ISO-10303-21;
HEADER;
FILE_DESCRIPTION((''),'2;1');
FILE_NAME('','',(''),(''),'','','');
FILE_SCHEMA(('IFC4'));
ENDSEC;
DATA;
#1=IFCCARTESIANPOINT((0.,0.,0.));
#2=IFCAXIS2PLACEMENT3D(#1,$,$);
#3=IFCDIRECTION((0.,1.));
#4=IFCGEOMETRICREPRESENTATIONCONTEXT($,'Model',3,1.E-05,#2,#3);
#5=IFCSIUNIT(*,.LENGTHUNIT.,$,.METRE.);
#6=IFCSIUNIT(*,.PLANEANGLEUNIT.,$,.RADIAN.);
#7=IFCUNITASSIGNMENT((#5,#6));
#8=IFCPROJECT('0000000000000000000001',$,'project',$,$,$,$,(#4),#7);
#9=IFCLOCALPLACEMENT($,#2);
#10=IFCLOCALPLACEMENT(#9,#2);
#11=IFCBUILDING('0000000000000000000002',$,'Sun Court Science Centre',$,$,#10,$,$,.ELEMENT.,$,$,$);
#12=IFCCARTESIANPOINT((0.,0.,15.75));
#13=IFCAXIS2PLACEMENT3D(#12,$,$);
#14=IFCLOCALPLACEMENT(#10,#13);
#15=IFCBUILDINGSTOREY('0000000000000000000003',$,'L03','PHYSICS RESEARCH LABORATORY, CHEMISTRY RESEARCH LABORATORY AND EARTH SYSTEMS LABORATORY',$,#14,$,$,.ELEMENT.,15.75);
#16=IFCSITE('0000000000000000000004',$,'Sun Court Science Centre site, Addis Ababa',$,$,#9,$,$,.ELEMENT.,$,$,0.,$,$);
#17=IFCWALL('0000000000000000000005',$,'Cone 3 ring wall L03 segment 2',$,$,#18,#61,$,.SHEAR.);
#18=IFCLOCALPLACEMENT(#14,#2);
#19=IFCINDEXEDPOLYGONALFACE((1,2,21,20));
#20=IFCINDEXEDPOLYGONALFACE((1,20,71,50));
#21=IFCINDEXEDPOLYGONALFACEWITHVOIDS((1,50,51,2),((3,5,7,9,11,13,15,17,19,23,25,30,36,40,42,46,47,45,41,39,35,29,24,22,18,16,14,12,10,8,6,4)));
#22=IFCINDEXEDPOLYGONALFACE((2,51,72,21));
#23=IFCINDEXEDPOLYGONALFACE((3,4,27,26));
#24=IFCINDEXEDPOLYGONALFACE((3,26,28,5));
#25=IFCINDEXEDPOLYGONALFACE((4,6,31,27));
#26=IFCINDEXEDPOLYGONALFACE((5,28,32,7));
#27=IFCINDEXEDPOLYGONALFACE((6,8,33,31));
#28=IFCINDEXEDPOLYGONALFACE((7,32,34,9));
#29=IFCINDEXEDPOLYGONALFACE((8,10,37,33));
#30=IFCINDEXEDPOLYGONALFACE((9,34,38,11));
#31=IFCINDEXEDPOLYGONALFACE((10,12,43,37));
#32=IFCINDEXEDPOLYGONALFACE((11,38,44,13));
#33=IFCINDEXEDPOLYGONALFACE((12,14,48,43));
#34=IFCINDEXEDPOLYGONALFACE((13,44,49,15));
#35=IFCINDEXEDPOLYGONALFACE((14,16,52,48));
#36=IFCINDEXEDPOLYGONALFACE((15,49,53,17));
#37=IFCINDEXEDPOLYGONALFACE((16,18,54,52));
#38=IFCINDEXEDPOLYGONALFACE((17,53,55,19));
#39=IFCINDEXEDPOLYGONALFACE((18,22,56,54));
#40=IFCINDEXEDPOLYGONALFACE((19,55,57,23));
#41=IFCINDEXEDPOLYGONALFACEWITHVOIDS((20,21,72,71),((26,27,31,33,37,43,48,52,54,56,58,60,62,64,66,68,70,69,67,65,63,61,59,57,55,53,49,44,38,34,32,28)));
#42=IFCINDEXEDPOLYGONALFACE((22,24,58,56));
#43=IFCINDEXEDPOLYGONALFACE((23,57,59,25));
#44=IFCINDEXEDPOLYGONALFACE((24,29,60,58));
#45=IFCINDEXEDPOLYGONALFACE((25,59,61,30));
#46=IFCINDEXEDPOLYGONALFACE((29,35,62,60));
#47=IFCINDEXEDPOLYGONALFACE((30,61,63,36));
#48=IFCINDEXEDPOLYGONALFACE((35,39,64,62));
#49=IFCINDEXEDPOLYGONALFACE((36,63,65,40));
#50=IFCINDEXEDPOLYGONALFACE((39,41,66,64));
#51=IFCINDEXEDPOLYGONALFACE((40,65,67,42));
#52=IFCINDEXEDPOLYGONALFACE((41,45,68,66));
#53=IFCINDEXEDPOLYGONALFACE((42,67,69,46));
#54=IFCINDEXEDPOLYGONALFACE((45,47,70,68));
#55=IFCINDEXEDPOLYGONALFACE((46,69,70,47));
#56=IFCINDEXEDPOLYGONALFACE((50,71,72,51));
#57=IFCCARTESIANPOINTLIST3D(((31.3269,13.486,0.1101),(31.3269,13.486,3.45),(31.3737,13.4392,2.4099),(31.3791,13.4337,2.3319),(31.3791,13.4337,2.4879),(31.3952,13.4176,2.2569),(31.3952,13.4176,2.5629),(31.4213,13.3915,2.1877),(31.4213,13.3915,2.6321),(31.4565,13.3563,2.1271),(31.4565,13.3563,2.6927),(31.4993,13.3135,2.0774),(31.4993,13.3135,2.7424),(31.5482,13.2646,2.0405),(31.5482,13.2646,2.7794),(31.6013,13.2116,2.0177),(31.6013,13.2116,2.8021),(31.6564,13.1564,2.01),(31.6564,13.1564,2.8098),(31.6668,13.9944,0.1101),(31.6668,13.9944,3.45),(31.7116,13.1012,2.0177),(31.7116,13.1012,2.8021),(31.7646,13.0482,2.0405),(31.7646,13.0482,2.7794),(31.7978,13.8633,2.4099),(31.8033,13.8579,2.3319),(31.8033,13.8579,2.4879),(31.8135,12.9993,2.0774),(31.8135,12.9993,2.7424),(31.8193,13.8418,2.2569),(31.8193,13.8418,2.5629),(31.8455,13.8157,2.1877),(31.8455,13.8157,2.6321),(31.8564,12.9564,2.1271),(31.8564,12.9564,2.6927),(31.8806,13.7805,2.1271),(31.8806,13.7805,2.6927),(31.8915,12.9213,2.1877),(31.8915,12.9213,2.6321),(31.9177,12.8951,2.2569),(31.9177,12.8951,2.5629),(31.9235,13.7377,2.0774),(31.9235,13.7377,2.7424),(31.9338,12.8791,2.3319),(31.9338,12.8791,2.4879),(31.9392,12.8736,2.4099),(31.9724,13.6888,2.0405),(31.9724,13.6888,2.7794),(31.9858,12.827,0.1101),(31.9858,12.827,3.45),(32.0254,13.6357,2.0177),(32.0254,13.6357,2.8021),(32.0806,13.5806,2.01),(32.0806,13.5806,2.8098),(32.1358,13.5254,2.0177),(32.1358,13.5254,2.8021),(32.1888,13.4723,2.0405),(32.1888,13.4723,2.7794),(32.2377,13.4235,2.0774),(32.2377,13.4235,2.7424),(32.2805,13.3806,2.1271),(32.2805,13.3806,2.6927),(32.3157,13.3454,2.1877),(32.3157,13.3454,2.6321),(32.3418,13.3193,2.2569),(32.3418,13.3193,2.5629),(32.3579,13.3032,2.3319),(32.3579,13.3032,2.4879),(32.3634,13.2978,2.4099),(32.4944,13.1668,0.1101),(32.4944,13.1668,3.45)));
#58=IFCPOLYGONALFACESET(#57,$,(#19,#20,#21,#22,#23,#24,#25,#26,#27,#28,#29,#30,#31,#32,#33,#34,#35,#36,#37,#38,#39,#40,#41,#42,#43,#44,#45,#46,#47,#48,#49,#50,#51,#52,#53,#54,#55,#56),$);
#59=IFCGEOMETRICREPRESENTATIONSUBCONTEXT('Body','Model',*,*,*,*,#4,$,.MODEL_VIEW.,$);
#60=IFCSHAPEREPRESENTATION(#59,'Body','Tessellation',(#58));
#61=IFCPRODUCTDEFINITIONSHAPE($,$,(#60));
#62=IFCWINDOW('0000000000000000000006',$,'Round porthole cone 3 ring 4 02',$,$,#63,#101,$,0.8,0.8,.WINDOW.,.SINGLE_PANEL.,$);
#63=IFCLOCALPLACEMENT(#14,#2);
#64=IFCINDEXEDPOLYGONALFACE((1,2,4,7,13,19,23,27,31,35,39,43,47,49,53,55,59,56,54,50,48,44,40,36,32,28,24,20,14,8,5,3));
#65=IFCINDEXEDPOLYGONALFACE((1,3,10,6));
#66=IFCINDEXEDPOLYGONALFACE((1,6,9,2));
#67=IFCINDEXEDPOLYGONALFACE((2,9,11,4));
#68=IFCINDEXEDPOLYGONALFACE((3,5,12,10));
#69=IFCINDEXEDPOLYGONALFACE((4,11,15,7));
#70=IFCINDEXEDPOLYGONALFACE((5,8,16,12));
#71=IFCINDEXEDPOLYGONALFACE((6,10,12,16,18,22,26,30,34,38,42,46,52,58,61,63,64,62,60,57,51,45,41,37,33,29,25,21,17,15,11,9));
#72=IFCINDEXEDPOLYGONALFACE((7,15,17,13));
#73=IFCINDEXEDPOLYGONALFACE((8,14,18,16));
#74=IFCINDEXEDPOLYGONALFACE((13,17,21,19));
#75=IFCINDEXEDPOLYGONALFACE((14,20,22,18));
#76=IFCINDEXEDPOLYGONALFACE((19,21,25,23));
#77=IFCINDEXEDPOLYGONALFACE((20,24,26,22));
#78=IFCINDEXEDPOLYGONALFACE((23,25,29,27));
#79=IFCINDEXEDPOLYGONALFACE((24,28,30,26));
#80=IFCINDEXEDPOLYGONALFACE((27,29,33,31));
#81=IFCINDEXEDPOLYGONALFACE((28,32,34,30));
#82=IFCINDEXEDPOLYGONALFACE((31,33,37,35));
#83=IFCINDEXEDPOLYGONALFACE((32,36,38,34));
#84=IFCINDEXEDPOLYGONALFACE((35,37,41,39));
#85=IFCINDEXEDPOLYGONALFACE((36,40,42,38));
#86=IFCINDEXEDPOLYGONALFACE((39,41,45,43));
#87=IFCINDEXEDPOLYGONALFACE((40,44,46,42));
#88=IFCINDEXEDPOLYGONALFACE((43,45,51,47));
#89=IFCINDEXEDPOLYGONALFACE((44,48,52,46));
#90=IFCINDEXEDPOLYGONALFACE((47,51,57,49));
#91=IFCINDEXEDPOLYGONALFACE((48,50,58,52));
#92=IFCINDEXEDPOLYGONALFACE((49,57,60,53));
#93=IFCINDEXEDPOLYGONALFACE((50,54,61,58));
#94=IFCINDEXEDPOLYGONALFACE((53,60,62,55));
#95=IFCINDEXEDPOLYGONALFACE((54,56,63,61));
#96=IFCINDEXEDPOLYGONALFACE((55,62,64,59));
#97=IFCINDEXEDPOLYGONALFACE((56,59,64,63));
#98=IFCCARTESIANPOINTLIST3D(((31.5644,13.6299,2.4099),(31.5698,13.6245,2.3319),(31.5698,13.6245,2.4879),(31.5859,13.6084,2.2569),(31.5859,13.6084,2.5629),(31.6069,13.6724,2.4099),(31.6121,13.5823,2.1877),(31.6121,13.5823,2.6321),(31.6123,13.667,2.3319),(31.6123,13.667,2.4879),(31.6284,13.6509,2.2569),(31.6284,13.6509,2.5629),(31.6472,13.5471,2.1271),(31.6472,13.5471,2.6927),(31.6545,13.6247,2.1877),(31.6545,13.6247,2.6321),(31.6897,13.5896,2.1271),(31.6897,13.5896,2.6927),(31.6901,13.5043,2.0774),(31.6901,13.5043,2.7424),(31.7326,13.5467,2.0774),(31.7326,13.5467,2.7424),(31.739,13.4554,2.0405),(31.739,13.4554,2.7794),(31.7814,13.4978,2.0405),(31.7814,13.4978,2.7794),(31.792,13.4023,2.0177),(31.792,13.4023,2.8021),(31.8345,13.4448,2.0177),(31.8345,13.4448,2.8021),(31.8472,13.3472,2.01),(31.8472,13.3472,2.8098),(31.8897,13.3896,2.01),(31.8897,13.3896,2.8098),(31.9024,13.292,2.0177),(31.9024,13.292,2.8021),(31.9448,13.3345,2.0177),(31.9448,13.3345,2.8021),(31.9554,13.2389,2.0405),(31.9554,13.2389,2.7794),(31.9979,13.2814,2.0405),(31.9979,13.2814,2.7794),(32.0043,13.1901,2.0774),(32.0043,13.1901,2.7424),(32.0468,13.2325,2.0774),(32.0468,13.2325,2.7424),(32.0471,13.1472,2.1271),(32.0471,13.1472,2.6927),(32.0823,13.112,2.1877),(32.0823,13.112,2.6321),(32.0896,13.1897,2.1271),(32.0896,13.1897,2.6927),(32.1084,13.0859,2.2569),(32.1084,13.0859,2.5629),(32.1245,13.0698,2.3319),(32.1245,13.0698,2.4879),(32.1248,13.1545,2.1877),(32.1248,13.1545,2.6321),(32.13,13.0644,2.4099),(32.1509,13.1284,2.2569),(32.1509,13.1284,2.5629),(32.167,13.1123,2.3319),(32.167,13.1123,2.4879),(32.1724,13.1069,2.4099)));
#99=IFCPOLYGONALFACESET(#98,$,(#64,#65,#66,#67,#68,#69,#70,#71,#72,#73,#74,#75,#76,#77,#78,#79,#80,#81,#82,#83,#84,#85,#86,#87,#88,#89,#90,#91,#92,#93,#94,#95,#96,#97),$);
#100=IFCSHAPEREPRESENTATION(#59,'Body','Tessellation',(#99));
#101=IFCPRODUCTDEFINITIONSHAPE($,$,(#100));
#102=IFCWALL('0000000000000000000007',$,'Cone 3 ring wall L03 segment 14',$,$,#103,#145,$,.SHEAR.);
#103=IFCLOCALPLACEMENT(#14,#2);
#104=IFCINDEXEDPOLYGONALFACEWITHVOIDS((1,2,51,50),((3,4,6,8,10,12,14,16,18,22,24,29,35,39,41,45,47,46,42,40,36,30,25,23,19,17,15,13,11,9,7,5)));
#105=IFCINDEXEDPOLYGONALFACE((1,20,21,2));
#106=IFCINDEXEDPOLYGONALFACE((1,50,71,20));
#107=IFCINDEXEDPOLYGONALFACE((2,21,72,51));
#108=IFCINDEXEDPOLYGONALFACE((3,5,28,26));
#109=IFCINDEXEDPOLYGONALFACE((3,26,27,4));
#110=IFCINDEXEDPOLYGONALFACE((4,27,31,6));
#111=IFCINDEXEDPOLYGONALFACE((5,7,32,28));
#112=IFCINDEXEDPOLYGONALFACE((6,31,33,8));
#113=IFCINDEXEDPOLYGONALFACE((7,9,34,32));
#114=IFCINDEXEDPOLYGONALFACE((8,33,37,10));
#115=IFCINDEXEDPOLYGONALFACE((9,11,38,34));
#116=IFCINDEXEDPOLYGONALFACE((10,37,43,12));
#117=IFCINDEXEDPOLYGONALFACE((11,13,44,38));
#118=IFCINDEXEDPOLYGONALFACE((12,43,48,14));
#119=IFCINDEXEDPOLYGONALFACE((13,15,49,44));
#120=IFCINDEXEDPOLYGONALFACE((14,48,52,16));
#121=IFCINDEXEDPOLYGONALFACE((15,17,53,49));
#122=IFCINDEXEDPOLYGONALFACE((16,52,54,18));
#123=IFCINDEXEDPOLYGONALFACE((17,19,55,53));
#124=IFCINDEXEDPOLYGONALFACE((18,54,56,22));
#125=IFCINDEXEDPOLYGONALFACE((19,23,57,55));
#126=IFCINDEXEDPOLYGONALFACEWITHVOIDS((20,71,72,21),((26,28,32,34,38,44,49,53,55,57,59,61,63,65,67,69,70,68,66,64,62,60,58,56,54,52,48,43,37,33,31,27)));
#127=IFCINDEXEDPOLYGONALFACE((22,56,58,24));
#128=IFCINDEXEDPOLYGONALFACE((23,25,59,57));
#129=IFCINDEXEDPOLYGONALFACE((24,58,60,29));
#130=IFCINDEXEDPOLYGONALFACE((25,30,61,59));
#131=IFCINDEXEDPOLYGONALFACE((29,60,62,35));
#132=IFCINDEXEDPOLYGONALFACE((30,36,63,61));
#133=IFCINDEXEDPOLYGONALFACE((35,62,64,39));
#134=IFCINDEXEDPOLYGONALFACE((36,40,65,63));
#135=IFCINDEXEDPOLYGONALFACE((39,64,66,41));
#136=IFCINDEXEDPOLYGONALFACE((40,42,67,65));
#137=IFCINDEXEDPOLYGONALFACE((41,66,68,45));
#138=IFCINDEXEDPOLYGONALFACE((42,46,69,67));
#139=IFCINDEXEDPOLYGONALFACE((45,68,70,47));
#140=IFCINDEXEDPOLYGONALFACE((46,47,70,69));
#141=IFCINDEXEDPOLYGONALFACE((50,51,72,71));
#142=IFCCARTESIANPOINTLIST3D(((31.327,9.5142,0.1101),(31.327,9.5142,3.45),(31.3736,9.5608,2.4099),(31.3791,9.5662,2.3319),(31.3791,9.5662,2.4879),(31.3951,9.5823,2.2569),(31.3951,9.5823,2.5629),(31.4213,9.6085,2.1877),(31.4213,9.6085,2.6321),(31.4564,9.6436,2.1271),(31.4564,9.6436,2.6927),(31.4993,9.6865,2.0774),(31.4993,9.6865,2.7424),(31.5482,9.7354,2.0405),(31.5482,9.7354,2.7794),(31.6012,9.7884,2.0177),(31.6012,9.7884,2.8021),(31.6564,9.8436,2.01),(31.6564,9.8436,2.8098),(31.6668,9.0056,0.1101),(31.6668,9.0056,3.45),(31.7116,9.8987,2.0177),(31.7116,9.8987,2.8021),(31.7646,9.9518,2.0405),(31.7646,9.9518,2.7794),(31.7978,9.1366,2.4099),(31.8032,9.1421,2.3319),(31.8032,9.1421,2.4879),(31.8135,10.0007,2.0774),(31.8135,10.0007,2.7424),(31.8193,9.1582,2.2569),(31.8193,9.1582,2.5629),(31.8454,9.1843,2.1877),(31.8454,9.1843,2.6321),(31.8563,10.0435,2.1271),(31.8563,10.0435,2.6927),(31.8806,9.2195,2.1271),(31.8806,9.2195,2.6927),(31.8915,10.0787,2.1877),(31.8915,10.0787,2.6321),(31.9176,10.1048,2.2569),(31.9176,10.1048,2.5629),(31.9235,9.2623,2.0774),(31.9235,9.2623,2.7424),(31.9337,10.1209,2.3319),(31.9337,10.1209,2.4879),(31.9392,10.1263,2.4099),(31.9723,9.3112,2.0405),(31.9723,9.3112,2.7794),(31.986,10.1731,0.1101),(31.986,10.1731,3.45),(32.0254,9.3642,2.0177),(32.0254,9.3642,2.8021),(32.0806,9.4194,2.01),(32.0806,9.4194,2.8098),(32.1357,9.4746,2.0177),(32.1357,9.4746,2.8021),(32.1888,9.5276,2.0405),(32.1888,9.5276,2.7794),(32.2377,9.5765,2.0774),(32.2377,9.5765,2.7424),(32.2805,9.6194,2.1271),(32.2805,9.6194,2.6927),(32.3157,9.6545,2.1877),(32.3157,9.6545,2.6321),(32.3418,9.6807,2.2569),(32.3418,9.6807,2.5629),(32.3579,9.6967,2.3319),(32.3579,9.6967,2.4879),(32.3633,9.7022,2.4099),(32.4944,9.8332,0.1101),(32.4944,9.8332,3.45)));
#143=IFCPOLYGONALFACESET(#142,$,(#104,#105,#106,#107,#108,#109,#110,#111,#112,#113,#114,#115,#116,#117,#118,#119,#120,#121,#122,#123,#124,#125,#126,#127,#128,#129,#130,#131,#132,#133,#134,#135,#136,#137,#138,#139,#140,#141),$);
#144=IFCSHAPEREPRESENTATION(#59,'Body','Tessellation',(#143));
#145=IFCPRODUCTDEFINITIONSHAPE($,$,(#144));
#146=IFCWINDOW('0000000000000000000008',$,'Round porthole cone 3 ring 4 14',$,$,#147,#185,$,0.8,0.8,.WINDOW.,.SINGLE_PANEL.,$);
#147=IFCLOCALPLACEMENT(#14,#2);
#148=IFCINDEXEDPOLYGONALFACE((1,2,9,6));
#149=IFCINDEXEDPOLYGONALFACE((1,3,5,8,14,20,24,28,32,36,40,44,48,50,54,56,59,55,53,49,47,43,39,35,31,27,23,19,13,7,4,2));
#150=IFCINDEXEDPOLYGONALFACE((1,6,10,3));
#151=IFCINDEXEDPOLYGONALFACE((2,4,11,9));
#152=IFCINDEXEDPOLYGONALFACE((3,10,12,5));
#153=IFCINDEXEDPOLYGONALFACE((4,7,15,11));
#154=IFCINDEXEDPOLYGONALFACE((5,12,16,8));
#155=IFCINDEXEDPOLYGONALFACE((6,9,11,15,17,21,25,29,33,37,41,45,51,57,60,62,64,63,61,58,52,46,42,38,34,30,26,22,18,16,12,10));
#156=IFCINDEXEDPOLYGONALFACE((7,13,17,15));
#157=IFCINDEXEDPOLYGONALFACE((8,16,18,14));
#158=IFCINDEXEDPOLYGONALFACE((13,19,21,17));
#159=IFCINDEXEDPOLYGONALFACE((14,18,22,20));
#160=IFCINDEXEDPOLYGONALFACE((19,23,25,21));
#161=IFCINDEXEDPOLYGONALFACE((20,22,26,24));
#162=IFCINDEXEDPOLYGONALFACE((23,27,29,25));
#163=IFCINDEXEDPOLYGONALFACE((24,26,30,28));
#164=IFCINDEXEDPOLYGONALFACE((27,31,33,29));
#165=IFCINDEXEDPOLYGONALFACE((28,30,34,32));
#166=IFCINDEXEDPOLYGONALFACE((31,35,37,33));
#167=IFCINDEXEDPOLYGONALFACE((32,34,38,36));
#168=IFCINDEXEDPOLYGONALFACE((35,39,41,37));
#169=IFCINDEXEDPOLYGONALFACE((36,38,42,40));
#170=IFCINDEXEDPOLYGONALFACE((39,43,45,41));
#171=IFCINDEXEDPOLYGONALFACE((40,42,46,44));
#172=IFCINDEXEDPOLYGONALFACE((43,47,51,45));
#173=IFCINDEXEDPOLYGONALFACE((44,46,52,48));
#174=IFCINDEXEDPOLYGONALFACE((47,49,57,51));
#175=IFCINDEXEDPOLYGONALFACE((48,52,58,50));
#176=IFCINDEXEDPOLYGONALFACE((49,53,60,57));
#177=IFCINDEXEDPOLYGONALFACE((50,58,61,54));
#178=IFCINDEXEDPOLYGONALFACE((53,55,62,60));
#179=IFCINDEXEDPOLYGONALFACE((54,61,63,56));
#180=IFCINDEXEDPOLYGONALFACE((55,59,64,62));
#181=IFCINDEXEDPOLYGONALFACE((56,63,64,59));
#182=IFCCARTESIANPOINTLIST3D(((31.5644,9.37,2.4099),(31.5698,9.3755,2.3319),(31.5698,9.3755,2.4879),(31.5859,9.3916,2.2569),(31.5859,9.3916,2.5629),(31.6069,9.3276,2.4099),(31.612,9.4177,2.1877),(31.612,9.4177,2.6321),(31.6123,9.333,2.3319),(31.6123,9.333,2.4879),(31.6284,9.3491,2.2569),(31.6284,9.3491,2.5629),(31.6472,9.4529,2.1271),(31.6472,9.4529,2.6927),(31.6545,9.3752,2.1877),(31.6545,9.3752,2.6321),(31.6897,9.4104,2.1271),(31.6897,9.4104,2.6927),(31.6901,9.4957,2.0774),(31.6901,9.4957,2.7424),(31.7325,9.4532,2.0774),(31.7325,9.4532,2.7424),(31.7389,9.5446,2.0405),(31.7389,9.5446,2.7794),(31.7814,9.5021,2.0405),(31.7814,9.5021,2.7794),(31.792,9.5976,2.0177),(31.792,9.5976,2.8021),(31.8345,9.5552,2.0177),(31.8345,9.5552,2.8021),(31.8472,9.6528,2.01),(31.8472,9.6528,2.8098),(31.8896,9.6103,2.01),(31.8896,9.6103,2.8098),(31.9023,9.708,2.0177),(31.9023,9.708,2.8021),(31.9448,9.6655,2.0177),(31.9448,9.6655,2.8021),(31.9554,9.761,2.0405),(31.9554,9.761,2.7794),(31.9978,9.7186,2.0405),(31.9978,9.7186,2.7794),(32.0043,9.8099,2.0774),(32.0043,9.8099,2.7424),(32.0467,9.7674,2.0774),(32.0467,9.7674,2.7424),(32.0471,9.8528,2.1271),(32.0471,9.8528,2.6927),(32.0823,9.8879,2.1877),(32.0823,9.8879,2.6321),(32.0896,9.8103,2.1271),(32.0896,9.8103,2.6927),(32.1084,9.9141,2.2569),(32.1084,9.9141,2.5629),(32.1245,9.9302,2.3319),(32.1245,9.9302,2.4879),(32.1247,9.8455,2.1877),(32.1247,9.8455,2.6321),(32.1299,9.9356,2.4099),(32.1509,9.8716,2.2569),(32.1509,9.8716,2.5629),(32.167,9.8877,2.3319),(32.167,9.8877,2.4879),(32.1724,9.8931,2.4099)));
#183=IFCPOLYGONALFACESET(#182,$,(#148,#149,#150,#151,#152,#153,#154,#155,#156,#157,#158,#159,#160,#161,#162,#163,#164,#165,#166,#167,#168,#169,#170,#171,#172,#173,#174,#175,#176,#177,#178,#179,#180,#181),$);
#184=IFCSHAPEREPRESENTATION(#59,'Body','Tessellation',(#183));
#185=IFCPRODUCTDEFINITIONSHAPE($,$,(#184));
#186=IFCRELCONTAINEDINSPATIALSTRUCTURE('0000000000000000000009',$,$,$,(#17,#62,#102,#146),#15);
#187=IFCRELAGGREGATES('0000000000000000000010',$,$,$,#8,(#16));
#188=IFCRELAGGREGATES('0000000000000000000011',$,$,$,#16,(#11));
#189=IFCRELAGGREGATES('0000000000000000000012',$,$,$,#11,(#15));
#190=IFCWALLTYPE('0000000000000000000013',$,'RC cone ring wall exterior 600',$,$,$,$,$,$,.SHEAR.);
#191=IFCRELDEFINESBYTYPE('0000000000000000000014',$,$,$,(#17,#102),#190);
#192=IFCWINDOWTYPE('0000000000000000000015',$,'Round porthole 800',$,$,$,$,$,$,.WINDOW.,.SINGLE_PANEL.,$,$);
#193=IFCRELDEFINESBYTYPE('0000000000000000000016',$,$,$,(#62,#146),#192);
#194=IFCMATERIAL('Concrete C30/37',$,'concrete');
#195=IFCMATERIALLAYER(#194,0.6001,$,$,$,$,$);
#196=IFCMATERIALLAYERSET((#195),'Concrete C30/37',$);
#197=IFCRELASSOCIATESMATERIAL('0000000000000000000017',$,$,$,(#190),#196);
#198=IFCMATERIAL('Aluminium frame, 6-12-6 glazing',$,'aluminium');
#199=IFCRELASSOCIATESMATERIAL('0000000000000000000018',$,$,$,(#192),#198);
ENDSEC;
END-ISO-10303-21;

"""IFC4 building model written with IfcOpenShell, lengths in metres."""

from ifc_helpers import new_model, si_unit, direction, frame, frame_2d, origin, place, context, subcontext, project, spatial, polyline, circle, outline, extrude, material, layer, layer_set, type_object, element, fill, save


model = new_model("IFC4")

# Units and contexts
model_context = context("Model", 3, precision=1e-05, world=origin(), true_north=direction((0.0, 1.0)))
body_context = subcontext(model_context, "Body", "Model", "MODEL_VIEW")
ifc_project = project(units=[si_unit("LENGTHUNIT", "METRE"), si_unit("PLANEANGLEUNIT", "RADIAN")], contexts=[model_context])

# Site, building, storey
site_placement = place(None, origin())
site = spatial("IfcSite", under=ifc_project, at=site_placement, Name="Sun Court Science Centre site, Addis Ababa", CompositionType="ELEMENT", RefElevation=0.0)
building_placement = place(site_placement, origin())
building = spatial("IfcBuilding", under=site, at=building_placement, Name="Sun Court Science Centre", CompositionType="ELEMENT")
storey_placement = place(building_placement, frame((0.0, 0.0, 15.75)))
storey = spatial("IfcBuildingStorey", under=building, at=storey_placement, Name="L03", Description="PHYSICS RESEARCH LABORATORY, CHEMISTRY RESEARCH LABORATORY AND EARTH SYSTEMS LABORATORY", CompositionType="ELEMENT", Elevation=15.75)

# Walls, openings, windows
ifc_material_1 = material(Name="Concrete C30/37", Category="concrete")
ifc_layer = layer(ifc_material_1, 0.6001)
ifc_layer_set = layer_set([ifc_layer], Name="Concrete C30/37")
wall_type = type_object("IfcWallType", Name="RC cone ring wall exterior 600", PredefinedType="SHEAR", material=ifc_layer_set)
wall_1_placement = place(storey_placement, frame((32.2822, 12.9546, 0.1101), z_axis=(0.0, 0.0, 1.0), x_axis=(-0.707107, 0.707107, 0.0)))
wall_1 = element("IfcWall", 1, at=wall_1_placement, inside=storey, type_object=wall_type, Name="Cone 3 ring wall L03 segment 2", PredefinedType="SHEAR", context=body_context, shape_type="SweptSolid", body=[
    extrude(outline(polyline([(0.0, -0.3), (1.1704, -0.3), (1.0513, 0.2998), (0.1194, 0.2998), (0.0, -0.3)])), origin(), (0.0, 0.0, 1.0), 3.3398),
])
opening_1_placement = place(wall_1_placement, frame((0.1853, 0.0, 1.8999)))
opening_1 = element("IfcOpeningElement", 2, at=opening_1_placement, cuts=wall_1, PredefinedType="OPENING", context=body_context, shape_type="SweptSolid", body=[
    extrude(circle(Radius=0.3999, at=frame_2d((0.3999, 0.3999))), frame((0.0, 0.3101, 0.0), z_axis=(0.0, -1.0, 0.0), x_axis=(1.0, 0.0, 0.0)), (0.0, 0.0, 1.0), 0.6201),
])
ifc_material_2 = material(Name="Aluminium frame, 6-12-6 glazing", Category="aluminium")
window_type = type_object("IfcWindowType", Name="Round porthole 800", PartitioningType="SINGLE_PANEL", PredefinedType="WINDOW", material=ifc_material_2)
window_1_placement = place(opening_1_placement, origin())
window_1 = element("IfcWindow", 3, at=window_1_placement, inside=storey, type_object=window_type, Name="Round porthole cone 3 ring 4 02", OverallHeight=0.8, OverallWidth=0.8, PartitioningType="SINGLE_PANEL", PredefinedType="WINDOW", context=body_context, shape_type="SweptSolid", body=[
    extrude(circle(Radius=0.3999, at=frame_2d((0.3999, 0.3999))), frame((0.0, 0.03, 0.0), z_axis=(0.0, -1.0, 0.0), x_axis=(1.0, 0.0, 0.0)), (0.0, 0.0, 1.0), 0.0601),
])
fill(opening_1, window_1)
wall_2_placement = place(storey_placement, frame((31.4546, 9.2178, 0.1101), z_axis=(0.0, 0.0, 1.0), x_axis=(0.707107, 0.707107, 0.0)))
wall_2 = element("IfcWall", 4, at=wall_2_placement, inside=storey, type_object=wall_type, Name="Cone 3 ring wall L03 segment 14", PredefinedType="SHEAR", context=body_context, shape_type="SweptSolid", body=[
    extrude(outline(polyline([(0.0, -0.3), (1.1704, -0.3), (1.0513, 0.2998), (0.1194, 0.2998), (0.0, -0.3)])), origin(), (0.0, 0.0, 1.0), 3.3398),
])
opening_2_placement = place(wall_2_placement, frame((0.1853, 0.0, 1.8999)))
opening_2 = element("IfcOpeningElement", 5, at=opening_2_placement, cuts=wall_2, PredefinedType="OPENING", context=body_context, shape_type="SweptSolid", body=[
    extrude(circle(Radius=0.3999, at=frame_2d((0.3999, 0.3999))), frame((0.0, 0.3101, 0.0), z_axis=(0.0, -1.0, 0.0), x_axis=(1.0, 0.0, 0.0)), (0.0, 0.0, 1.0), 0.6201),
])
window_2_placement = place(opening_2_placement, origin())
window_2 = element("IfcWindow", 6, at=window_2_placement, inside=storey, type_object=window_type, Name="Round porthole cone 3 ring 4 14", OverallHeight=0.8, OverallWidth=0.8, PartitioningType="SINGLE_PANEL", PredefinedType="WINDOW", context=body_context, shape_type="SweptSolid", body=[
    extrude(circle(Radius=0.3999, at=frame_2d((0.3999, 0.3999))), frame((0.0, 0.03, 0.0), z_axis=(0.0, -1.0, 0.0), x_axis=(1.0, 0.0, 0.0)), (0.0, 0.0, 1.0), 0.0601),
])
fill(opening_2, window_2)

save(model, "model.ifc")
